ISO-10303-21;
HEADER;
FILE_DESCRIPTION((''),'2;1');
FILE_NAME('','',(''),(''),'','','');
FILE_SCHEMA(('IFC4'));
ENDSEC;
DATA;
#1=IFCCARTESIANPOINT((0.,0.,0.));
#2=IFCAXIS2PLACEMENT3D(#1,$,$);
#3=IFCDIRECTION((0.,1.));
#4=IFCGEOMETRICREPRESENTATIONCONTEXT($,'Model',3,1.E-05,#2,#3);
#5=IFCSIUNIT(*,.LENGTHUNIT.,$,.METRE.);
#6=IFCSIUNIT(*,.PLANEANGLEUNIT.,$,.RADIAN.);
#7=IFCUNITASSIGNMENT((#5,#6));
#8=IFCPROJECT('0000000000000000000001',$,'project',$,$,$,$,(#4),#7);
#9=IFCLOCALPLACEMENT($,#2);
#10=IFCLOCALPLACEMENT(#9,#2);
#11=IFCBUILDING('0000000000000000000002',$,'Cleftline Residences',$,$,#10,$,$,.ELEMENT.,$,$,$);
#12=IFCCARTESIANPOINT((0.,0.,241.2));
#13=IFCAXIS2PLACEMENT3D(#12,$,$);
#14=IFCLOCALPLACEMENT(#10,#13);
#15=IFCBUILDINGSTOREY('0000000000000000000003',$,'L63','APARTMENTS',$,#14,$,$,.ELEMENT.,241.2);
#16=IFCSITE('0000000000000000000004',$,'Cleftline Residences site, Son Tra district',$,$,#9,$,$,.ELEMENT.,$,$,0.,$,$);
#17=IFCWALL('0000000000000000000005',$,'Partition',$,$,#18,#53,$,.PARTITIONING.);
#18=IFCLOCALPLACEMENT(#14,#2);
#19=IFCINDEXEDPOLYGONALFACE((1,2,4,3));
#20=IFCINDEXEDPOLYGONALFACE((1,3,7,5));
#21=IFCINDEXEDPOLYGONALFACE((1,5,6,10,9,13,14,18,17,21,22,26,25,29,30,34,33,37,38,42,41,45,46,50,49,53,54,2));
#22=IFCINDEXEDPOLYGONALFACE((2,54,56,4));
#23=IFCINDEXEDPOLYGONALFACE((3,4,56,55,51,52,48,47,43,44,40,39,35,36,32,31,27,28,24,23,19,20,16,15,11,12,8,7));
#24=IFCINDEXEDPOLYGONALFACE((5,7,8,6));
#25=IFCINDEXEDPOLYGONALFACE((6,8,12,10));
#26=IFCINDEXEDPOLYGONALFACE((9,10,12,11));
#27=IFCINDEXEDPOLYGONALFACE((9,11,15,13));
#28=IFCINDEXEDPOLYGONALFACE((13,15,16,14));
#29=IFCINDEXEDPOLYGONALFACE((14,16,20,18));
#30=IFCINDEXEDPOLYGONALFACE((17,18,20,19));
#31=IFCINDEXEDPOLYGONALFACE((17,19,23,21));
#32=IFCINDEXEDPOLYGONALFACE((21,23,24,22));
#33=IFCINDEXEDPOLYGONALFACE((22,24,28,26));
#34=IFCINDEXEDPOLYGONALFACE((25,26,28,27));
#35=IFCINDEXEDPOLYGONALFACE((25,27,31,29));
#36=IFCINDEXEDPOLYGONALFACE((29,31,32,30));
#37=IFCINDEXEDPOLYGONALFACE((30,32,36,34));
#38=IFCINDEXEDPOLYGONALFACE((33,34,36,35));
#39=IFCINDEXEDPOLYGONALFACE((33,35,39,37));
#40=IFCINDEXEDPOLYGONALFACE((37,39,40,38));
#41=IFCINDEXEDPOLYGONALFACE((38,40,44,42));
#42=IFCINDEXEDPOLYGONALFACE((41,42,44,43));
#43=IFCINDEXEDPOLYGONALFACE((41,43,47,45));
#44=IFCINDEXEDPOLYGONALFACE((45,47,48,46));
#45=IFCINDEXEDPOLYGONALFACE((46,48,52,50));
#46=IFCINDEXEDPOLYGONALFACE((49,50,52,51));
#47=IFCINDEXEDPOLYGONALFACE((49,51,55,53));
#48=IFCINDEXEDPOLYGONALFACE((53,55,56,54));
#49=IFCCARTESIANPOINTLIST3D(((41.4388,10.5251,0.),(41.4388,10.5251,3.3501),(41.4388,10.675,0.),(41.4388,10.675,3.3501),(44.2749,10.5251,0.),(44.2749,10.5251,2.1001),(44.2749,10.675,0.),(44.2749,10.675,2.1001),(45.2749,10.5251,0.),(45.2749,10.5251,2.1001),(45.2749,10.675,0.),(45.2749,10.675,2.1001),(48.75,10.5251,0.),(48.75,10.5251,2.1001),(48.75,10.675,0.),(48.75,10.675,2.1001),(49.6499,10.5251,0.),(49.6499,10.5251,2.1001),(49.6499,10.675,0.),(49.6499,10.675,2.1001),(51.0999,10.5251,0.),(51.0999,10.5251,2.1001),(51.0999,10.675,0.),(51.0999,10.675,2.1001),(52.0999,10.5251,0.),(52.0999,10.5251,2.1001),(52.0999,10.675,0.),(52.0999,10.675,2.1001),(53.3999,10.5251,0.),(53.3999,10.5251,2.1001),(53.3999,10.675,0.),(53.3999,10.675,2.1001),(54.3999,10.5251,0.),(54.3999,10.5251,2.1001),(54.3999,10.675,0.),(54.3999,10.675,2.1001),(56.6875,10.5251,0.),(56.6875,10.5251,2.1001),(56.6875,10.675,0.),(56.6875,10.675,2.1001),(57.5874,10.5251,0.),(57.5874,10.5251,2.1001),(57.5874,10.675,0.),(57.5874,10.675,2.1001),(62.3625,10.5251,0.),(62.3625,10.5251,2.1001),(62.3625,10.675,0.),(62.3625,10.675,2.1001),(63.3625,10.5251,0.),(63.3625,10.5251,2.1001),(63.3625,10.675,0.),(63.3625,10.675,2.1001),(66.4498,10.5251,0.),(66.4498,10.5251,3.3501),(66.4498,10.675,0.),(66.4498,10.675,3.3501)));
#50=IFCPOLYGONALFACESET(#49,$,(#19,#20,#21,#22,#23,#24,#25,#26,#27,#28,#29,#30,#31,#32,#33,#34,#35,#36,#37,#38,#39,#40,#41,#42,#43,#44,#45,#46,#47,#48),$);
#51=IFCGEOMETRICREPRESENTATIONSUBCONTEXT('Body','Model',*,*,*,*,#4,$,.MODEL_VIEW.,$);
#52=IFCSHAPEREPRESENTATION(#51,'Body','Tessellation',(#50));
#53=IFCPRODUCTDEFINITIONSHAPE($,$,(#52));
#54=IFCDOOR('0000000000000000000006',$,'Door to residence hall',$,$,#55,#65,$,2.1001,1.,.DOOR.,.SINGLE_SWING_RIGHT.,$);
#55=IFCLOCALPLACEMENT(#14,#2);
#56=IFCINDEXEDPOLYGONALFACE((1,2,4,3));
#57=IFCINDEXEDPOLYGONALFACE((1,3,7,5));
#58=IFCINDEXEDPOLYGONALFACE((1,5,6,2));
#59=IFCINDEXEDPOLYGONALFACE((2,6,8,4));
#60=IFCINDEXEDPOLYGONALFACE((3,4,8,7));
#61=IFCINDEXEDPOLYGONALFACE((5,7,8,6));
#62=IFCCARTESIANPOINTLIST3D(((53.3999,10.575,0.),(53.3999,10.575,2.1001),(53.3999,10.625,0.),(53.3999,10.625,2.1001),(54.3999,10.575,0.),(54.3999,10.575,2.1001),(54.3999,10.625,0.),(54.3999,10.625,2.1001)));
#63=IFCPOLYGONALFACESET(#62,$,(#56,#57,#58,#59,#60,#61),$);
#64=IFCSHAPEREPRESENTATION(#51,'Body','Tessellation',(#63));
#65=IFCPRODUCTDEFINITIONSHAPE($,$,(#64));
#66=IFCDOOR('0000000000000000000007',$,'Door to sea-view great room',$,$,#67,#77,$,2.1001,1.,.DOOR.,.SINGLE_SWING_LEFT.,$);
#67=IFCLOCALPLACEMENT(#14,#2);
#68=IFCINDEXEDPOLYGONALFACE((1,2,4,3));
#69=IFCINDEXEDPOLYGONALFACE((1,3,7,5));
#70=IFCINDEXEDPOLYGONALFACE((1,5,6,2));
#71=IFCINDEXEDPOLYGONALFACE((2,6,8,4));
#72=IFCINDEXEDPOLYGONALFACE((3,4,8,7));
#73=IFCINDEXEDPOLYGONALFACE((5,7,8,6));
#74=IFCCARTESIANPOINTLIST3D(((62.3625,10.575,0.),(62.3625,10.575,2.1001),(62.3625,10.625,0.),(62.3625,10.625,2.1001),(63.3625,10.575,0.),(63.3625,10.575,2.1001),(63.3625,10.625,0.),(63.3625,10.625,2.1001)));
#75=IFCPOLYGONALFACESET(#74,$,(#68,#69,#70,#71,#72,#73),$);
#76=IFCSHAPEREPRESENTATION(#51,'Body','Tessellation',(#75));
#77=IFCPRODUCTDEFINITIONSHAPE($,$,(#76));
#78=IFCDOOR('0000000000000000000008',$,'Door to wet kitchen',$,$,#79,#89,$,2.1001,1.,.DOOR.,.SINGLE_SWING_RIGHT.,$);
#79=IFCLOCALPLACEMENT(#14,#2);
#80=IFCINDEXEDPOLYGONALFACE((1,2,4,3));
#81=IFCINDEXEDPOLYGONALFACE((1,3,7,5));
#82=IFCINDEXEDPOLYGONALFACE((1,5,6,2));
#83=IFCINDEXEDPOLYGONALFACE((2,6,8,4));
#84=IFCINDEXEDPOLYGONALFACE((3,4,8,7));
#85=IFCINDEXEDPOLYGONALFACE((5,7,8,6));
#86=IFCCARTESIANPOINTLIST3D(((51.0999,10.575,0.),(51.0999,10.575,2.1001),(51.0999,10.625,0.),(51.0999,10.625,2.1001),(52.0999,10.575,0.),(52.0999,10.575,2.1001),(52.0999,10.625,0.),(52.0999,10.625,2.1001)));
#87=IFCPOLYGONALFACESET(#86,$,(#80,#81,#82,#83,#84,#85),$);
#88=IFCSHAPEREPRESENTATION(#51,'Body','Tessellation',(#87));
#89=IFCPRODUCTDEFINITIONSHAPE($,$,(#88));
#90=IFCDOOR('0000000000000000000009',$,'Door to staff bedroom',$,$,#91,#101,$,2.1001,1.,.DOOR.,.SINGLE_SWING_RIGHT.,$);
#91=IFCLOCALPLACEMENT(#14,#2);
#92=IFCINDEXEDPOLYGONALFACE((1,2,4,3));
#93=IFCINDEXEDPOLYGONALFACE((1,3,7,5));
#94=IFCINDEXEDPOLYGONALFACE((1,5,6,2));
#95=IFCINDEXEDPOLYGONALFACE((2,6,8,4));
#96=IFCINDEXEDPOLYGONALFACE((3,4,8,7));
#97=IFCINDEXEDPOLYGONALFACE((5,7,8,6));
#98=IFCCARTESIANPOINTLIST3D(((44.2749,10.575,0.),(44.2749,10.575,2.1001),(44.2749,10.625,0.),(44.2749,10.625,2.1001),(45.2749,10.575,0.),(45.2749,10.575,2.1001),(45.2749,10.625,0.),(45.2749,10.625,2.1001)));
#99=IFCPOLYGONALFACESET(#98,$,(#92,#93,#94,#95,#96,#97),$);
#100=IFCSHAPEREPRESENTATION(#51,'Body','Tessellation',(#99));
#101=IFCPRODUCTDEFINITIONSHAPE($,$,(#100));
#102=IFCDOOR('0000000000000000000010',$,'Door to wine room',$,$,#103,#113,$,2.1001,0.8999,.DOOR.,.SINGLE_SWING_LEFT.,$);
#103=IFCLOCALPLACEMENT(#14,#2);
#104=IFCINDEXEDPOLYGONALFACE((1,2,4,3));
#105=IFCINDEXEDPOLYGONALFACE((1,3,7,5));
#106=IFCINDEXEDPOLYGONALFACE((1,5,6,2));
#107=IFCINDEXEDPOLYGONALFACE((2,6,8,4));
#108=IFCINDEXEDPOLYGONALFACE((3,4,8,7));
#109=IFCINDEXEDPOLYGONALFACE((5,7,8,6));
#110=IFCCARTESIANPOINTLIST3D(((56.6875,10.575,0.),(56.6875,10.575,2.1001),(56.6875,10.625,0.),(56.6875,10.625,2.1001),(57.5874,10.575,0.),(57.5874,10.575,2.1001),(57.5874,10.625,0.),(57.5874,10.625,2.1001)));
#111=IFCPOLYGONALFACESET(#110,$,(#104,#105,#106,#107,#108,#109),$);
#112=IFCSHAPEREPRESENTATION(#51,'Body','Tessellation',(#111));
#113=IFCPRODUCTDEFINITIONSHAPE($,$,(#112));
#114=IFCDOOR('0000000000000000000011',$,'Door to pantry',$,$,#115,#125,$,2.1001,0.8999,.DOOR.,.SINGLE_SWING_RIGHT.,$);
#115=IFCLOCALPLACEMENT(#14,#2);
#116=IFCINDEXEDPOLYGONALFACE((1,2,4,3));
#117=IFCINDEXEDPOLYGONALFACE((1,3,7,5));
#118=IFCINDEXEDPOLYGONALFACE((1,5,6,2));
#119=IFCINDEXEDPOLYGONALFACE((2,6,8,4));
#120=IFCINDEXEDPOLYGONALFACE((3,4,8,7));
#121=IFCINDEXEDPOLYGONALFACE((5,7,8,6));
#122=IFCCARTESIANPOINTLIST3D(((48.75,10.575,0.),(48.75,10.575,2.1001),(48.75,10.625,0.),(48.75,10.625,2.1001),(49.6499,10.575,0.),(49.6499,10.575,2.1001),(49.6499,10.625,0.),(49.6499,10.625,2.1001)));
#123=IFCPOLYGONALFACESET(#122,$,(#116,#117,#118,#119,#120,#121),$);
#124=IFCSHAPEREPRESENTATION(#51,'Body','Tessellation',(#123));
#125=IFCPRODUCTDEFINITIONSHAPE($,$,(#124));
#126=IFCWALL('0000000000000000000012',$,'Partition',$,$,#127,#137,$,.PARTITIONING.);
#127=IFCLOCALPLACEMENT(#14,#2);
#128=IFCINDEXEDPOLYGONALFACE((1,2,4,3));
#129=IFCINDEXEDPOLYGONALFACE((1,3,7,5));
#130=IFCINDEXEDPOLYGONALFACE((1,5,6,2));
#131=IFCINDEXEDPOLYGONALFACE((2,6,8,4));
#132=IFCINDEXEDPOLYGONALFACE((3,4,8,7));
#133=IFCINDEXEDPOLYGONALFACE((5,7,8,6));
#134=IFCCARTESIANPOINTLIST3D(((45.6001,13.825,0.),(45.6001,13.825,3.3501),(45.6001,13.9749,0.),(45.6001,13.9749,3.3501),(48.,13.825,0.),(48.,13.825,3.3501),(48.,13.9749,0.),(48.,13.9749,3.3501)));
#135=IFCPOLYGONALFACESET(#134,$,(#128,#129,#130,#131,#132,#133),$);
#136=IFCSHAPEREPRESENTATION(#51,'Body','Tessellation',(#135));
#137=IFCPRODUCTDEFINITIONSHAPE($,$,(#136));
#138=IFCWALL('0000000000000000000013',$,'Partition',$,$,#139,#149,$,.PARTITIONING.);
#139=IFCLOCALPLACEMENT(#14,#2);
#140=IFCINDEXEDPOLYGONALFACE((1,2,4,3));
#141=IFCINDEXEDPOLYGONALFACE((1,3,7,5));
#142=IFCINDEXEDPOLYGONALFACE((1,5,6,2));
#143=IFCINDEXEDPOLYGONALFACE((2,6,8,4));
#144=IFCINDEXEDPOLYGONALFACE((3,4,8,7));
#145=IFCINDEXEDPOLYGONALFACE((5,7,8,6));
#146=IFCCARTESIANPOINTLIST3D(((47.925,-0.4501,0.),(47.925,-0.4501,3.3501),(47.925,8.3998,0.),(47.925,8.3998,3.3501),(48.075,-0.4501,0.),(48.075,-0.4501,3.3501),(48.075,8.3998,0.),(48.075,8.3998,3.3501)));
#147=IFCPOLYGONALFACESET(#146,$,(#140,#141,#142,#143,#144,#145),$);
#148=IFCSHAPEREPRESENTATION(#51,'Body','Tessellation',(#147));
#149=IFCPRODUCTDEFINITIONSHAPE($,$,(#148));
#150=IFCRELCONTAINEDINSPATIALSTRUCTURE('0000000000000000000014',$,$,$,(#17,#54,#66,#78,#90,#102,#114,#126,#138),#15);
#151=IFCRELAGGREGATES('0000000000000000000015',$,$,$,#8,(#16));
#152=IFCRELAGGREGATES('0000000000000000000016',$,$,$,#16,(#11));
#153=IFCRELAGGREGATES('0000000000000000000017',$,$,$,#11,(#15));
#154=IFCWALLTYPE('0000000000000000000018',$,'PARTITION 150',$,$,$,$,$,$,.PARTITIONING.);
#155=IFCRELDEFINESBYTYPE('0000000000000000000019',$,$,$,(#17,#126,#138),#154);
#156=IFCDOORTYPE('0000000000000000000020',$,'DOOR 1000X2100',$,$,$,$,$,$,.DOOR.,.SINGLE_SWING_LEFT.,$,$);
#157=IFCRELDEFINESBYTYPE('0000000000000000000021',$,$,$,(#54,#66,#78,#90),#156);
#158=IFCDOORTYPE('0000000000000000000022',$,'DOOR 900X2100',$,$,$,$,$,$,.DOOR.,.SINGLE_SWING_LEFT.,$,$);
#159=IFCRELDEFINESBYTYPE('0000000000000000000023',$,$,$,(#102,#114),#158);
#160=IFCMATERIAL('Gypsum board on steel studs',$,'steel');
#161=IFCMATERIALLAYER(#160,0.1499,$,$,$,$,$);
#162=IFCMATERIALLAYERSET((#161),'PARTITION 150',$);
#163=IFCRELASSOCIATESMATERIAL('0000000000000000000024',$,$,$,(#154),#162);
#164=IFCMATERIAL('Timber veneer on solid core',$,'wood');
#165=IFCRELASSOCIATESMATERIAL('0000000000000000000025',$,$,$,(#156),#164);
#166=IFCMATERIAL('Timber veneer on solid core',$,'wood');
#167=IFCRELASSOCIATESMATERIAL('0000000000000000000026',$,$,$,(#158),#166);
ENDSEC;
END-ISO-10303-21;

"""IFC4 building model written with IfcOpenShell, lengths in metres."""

from ifc_helpers import new_model, si_unit, direction, frame, frame_2d, origin, place, context, subcontext, project, spatial, rectangle, extrude, material, layer, layer_set, type_object, element, fill, save


model = new_model("IFC4")

# Units and contexts
model_context = context("Model", 3, precision=1e-05, world=origin(), true_north=direction((0.0, 1.0)))
body_context = subcontext(model_context, "Body", "Model", "MODEL_VIEW")
ifc_project = project(units=[si_unit("LENGTHUNIT", "METRE"), si_unit("PLANEANGLEUNIT", "RADIAN")], contexts=[model_context])

# Site, building, storey
site_placement = place(None, origin())
site = spatial("IfcSite", under=ifc_project, at=site_placement, Name="Cleftline Residences site, Son Tra district", CompositionType="ELEMENT", RefElevation=0.0)
building_placement = place(site_placement, origin())
building = spatial("IfcBuilding", under=site, at=building_placement, Name="Cleftline Residences", CompositionType="ELEMENT")
storey_placement = place(building_placement, frame((0.0, 0.0, 241.2)))
storey = spatial("IfcBuildingStorey", under=building, at=storey_placement, Name="L63", Description="APARTMENTS", CompositionType="ELEMENT", Elevation=241.2)

# Shared definitions
ifc_material_1 = material(Name="Gypsum board on steel studs", Category="steel")
ifc_layer_1 = layer(ifc_material_1, 0.1499)
ifc_layer_set_1 = layer_set([ifc_layer_1], Name="PARTITION 150")
wall_type_1 = type_object("IfcWallType", Name="PARTITION 150", PredefinedType="PARTITIONING", material=ifc_layer_set_1)
ifc_material_2 = material(Name="Timber veneer on solid core", Category="wood")
door_type_1 = type_object("IfcDoorType", Name="DOOR 1000X2100", OperationType="SINGLE_SWING_LEFT", PredefinedType="DOOR", material=ifc_material_2)

# Wall, openings, doors
wall_1_placement = place(storey_placement, frame((41.439, 10.6001, 0.0), z_axis=(0.0, 0.0, 1.0), x_axis=(1.0, 0.0, 0.0)))
wall_1 = element("IfcWall", 1, at=wall_1_placement, inside=storey, type_object=wall_type_1, Name="Partition", PredefinedType="PARTITIONING", context=body_context, shape_type="SweptSolid", body=[
    extrude(rectangle(XDim=25.011, YDim=0.1499, at=frame_2d((12.5054, 0.0))), origin(), (0.0, 0.0, 1.0), 3.3501),
])
opening_1_placement = place(wall_1_placement, frame((11.9609, 0.0, 0.0)))
opening_1 = element("IfcOpeningElement", 2, at=opening_1_placement, cuts=wall_1, PredefinedType="OPENING", context=body_context, shape_type="SweptSolid", body=[
    extrude(rectangle(XDim=1.0, YDim=2.1001, at=frame_2d((0.5, 1.05))), frame((0.0, 0.085, 0.0), z_axis=(0.0, -1.0, 0.0), x_axis=(1.0, 0.0, 0.0)), (0.0, 0.0, 1.0), 0.1699),
])
opening_2_placement = place(wall_1_placement, frame((20.9236, 0.0, 0.0)))
opening_2 = element("IfcOpeningElement", 3, at=opening_2_placement, cuts=wall_1, PredefinedType="OPENING", context=body_context, shape_type="SweptSolid", body=[
    extrude(rectangle(XDim=1.0, YDim=2.1001, at=frame_2d((0.5, 1.05))), frame((0.0, 0.085, 0.0), z_axis=(0.0, -1.0, 0.0), x_axis=(1.0, 0.0, 0.0)), (0.0, 0.0, 1.0), 0.1699),
])
opening_3_placement = place(wall_1_placement, frame((15.2485, 0.0, 0.0)))
opening_3 = element("IfcOpeningElement", 4, at=opening_3_placement, cuts=wall_1, PredefinedType="OPENING", context=body_context, shape_type="SweptSolid", body=[
    extrude(rectangle(XDim=0.8999, YDim=2.1001, at=frame_2d((0.45, 1.05))), frame((0.0, 0.085, 0.0), z_axis=(0.0, -1.0, 0.0), x_axis=(1.0, 0.0, 0.0)), (0.0, 0.0, 1.0), 0.1699),
])
opening_4_placement = place(wall_1_placement, frame((9.6609, 0.0, 0.0)))
opening_4 = element("IfcOpeningElement", 5, at=opening_4_placement, cuts=wall_1, PredefinedType="OPENING", context=body_context, shape_type="SweptSolid", body=[
    extrude(rectangle(XDim=1.0, YDim=2.1001, at=frame_2d((0.5, 1.05))), frame((0.0, 0.085, 0.0), z_axis=(0.0, -1.0, 0.0), x_axis=(1.0, 0.0, 0.0)), (0.0, 0.0, 1.0), 0.1699),
])
opening_5_placement = place(wall_1_placement, frame((7.311, 0.0, 0.0)))
opening_5 = element("IfcOpeningElement", 6, at=opening_5_placement, cuts=wall_1, PredefinedType="OPENING", context=body_context, shape_type="SweptSolid", body=[
    extrude(rectangle(XDim=0.8999, YDim=2.1001, at=frame_2d((0.45, 1.05))), frame((0.0, 0.085, 0.0), z_axis=(0.0, -1.0, 0.0), x_axis=(1.0, 0.0, 0.0)), (0.0, 0.0, 1.0), 0.1699),
])
opening_6_placement = place(wall_1_placement, frame((2.8359, 0.0, 0.0)))
opening_6 = element("IfcOpeningElement", 7, at=opening_6_placement, cuts=wall_1, PredefinedType="OPENING", context=body_context, shape_type="SweptSolid", body=[
    extrude(rectangle(XDim=1.0, YDim=2.1001, at=frame_2d((0.5, 1.05))), frame((0.0, 0.085, 0.0), z_axis=(0.0, -1.0, 0.0), x_axis=(1.0, 0.0, 0.0)), (0.0, 0.0, 1.0), 0.1699),
])
door_1_placement = place(opening_1_placement, origin())
door_1 = element("IfcDoor", 8, at=door_1_placement, inside=storey, type_object=door_type_1, Name="Door to residence hall", OperationType="SINGLE_SWING_RIGHT", OverallHeight=2.1001, OverallWidth=1.0, PredefinedType="DOOR", context=body_context, shape_type="SweptSolid", body=[
    extrude(rectangle(XDim=1.0, YDim=2.1001, at=frame_2d((0.5, 1.05))), frame((0.0, 0.0249, 0.0), z_axis=(0.0, -1.0, 0.0), x_axis=(1.0, 0.0, 0.0)), (0.0, 0.0, 1.0), 0.05),
])
fill(opening_1, door_1)
door_2_placement = place(opening_2_placement, origin())
door_2 = element("IfcDoor", 9, at=door_2_placement, inside=storey, type_object=door_type_1, Name="Door to sea-view great room", OperationType="SINGLE_SWING_LEFT", OverallHeight=2.1001, OverallWidth=1.0, PredefinedType="DOOR", context=body_context, shape_type="SweptSolid", body=[
    extrude(rectangle(XDim=1.0, YDim=2.1001, at=frame_2d((0.5, 1.05))), frame((0.0, 0.0249, 0.0), z_axis=(0.0, -1.0, 0.0), x_axis=(1.0, 0.0, 0.0)), (0.0, 0.0, 1.0), 0.05),
])
fill(opening_2, door_2)
door_3_placement = place(opening_4_placement, origin())
door_3 = element("IfcDoor", 10, at=door_3_placement, inside=storey, type_object=door_type_1, Name="Door to wet kitchen", OperationType="SINGLE_SWING_RIGHT", OverallHeight=2.1001, OverallWidth=1.0, PredefinedType="DOOR", context=body_context, shape_type="SweptSolid", body=[
    extrude(rectangle(XDim=1.0, YDim=2.1001, at=frame_2d((0.5, 1.05))), frame((0.0, 0.0249, 0.0), z_axis=(0.0, -1.0, 0.0), x_axis=(1.0, 0.0, 0.0)), (0.0, 0.0, 1.0), 0.05),
])
fill(opening_4, door_3)
door_4_placement = place(opening_6_placement, origin())
door_4 = element("IfcDoor", 11, at=door_4_placement, inside=storey, type_object=door_type_1, Name="Door to staff bedroom", OperationType="SINGLE_SWING_RIGHT", OverallHeight=2.1001, OverallWidth=1.0, PredefinedType="DOOR", context=body_context, shape_type="SweptSolid", body=[
    extrude(rectangle(XDim=1.0, YDim=2.1001, at=frame_2d((0.5, 1.05))), frame((0.0, 0.0249, 0.0), z_axis=(0.0, -1.0, 0.0), x_axis=(1.0, 0.0, 0.0)), (0.0, 0.0, 1.0), 0.05),
])
fill(opening_6, door_4)
ifc_material_3 = material(Name="Timber veneer on solid core", Category="wood")
door_type_2 = type_object("IfcDoorType", Name="DOOR 900X2100", OperationType="SINGLE_SWING_LEFT", PredefinedType="DOOR", material=ifc_material_3)
door_5_placement = place(opening_3_placement, origin())
door_5 = element("IfcDoor", 12, at=door_5_placement, inside=storey, type_object=door_type_2, Name="Door to wine room", OperationType="SINGLE_SWING_LEFT", OverallHeight=2.1001, OverallWidth=0.8999, PredefinedType="DOOR", context=body_context, shape_type="SweptSolid", body=[
    extrude(rectangle(XDim=0.8999, YDim=2.1001, at=frame_2d((0.45, 1.05))), frame((0.0, 0.0249, 0.0), z_axis=(0.0, -1.0, 0.0), x_axis=(1.0, 0.0, 0.0)), (0.0, 0.0, 1.0), 0.05),
])
fill(opening_3, door_5)
door_6_placement = place(opening_5_placement, origin())
door_6 = element("IfcDoor", 13, at=door_6_placement, inside=storey, type_object=door_type_2, Name="Door to pantry", OperationType="SINGLE_SWING_RIGHT", OverallHeight=2.1001, OverallWidth=0.8999, PredefinedType="DOOR", context=body_context, shape_type="SweptSolid", body=[
    extrude(rectangle(XDim=0.8999, YDim=2.1001, at=frame_2d((0.45, 1.05))), frame((0.0, 0.0249, 0.0), z_axis=(0.0, -1.0, 0.0), x_axis=(1.0, 0.0, 0.0)), (0.0, 0.0, 1.0), 0.05),
])
fill(opening_5, door_6)

# Walls
wall_2_placement = place(storey_placement, frame((45.6001, 13.8999, 0.0), z_axis=(0.0, 0.0, 1.0), x_axis=(1.0, 0.0, 0.0)))
element("IfcWall", 14, at=wall_2_placement, inside=storey, type_object=wall_type_1, Name="Partition", PredefinedType="PARTITIONING", context=body_context, shape_type="SweptSolid", body=[
    extrude(rectangle(XDim=2.3999, YDim=0.1499, at=frame_2d((1.2, 0.0))), origin(), (0.0, 0.0, 1.0), 3.3501),
])
wall_3_placement = place(storey_placement, frame((48.0, -0.45, 0.0), z_axis=(0.0, 0.0, 1.0), x_axis=(0.0, 1.0, 0.0)))
element("IfcWall", 15, at=wall_3_placement, inside=storey, type_object=wall_type_1, Name="Partition", PredefinedType="PARTITIONING", context=body_context, shape_type="SweptSolid", body=[
    extrude(rectangle(XDim=8.8499, YDim=0.1499, at=frame_2d((4.4248, 0.0))), origin(), (0.0, 0.0, 1.0), 3.3501),
])

save(model, "model.ifc")
